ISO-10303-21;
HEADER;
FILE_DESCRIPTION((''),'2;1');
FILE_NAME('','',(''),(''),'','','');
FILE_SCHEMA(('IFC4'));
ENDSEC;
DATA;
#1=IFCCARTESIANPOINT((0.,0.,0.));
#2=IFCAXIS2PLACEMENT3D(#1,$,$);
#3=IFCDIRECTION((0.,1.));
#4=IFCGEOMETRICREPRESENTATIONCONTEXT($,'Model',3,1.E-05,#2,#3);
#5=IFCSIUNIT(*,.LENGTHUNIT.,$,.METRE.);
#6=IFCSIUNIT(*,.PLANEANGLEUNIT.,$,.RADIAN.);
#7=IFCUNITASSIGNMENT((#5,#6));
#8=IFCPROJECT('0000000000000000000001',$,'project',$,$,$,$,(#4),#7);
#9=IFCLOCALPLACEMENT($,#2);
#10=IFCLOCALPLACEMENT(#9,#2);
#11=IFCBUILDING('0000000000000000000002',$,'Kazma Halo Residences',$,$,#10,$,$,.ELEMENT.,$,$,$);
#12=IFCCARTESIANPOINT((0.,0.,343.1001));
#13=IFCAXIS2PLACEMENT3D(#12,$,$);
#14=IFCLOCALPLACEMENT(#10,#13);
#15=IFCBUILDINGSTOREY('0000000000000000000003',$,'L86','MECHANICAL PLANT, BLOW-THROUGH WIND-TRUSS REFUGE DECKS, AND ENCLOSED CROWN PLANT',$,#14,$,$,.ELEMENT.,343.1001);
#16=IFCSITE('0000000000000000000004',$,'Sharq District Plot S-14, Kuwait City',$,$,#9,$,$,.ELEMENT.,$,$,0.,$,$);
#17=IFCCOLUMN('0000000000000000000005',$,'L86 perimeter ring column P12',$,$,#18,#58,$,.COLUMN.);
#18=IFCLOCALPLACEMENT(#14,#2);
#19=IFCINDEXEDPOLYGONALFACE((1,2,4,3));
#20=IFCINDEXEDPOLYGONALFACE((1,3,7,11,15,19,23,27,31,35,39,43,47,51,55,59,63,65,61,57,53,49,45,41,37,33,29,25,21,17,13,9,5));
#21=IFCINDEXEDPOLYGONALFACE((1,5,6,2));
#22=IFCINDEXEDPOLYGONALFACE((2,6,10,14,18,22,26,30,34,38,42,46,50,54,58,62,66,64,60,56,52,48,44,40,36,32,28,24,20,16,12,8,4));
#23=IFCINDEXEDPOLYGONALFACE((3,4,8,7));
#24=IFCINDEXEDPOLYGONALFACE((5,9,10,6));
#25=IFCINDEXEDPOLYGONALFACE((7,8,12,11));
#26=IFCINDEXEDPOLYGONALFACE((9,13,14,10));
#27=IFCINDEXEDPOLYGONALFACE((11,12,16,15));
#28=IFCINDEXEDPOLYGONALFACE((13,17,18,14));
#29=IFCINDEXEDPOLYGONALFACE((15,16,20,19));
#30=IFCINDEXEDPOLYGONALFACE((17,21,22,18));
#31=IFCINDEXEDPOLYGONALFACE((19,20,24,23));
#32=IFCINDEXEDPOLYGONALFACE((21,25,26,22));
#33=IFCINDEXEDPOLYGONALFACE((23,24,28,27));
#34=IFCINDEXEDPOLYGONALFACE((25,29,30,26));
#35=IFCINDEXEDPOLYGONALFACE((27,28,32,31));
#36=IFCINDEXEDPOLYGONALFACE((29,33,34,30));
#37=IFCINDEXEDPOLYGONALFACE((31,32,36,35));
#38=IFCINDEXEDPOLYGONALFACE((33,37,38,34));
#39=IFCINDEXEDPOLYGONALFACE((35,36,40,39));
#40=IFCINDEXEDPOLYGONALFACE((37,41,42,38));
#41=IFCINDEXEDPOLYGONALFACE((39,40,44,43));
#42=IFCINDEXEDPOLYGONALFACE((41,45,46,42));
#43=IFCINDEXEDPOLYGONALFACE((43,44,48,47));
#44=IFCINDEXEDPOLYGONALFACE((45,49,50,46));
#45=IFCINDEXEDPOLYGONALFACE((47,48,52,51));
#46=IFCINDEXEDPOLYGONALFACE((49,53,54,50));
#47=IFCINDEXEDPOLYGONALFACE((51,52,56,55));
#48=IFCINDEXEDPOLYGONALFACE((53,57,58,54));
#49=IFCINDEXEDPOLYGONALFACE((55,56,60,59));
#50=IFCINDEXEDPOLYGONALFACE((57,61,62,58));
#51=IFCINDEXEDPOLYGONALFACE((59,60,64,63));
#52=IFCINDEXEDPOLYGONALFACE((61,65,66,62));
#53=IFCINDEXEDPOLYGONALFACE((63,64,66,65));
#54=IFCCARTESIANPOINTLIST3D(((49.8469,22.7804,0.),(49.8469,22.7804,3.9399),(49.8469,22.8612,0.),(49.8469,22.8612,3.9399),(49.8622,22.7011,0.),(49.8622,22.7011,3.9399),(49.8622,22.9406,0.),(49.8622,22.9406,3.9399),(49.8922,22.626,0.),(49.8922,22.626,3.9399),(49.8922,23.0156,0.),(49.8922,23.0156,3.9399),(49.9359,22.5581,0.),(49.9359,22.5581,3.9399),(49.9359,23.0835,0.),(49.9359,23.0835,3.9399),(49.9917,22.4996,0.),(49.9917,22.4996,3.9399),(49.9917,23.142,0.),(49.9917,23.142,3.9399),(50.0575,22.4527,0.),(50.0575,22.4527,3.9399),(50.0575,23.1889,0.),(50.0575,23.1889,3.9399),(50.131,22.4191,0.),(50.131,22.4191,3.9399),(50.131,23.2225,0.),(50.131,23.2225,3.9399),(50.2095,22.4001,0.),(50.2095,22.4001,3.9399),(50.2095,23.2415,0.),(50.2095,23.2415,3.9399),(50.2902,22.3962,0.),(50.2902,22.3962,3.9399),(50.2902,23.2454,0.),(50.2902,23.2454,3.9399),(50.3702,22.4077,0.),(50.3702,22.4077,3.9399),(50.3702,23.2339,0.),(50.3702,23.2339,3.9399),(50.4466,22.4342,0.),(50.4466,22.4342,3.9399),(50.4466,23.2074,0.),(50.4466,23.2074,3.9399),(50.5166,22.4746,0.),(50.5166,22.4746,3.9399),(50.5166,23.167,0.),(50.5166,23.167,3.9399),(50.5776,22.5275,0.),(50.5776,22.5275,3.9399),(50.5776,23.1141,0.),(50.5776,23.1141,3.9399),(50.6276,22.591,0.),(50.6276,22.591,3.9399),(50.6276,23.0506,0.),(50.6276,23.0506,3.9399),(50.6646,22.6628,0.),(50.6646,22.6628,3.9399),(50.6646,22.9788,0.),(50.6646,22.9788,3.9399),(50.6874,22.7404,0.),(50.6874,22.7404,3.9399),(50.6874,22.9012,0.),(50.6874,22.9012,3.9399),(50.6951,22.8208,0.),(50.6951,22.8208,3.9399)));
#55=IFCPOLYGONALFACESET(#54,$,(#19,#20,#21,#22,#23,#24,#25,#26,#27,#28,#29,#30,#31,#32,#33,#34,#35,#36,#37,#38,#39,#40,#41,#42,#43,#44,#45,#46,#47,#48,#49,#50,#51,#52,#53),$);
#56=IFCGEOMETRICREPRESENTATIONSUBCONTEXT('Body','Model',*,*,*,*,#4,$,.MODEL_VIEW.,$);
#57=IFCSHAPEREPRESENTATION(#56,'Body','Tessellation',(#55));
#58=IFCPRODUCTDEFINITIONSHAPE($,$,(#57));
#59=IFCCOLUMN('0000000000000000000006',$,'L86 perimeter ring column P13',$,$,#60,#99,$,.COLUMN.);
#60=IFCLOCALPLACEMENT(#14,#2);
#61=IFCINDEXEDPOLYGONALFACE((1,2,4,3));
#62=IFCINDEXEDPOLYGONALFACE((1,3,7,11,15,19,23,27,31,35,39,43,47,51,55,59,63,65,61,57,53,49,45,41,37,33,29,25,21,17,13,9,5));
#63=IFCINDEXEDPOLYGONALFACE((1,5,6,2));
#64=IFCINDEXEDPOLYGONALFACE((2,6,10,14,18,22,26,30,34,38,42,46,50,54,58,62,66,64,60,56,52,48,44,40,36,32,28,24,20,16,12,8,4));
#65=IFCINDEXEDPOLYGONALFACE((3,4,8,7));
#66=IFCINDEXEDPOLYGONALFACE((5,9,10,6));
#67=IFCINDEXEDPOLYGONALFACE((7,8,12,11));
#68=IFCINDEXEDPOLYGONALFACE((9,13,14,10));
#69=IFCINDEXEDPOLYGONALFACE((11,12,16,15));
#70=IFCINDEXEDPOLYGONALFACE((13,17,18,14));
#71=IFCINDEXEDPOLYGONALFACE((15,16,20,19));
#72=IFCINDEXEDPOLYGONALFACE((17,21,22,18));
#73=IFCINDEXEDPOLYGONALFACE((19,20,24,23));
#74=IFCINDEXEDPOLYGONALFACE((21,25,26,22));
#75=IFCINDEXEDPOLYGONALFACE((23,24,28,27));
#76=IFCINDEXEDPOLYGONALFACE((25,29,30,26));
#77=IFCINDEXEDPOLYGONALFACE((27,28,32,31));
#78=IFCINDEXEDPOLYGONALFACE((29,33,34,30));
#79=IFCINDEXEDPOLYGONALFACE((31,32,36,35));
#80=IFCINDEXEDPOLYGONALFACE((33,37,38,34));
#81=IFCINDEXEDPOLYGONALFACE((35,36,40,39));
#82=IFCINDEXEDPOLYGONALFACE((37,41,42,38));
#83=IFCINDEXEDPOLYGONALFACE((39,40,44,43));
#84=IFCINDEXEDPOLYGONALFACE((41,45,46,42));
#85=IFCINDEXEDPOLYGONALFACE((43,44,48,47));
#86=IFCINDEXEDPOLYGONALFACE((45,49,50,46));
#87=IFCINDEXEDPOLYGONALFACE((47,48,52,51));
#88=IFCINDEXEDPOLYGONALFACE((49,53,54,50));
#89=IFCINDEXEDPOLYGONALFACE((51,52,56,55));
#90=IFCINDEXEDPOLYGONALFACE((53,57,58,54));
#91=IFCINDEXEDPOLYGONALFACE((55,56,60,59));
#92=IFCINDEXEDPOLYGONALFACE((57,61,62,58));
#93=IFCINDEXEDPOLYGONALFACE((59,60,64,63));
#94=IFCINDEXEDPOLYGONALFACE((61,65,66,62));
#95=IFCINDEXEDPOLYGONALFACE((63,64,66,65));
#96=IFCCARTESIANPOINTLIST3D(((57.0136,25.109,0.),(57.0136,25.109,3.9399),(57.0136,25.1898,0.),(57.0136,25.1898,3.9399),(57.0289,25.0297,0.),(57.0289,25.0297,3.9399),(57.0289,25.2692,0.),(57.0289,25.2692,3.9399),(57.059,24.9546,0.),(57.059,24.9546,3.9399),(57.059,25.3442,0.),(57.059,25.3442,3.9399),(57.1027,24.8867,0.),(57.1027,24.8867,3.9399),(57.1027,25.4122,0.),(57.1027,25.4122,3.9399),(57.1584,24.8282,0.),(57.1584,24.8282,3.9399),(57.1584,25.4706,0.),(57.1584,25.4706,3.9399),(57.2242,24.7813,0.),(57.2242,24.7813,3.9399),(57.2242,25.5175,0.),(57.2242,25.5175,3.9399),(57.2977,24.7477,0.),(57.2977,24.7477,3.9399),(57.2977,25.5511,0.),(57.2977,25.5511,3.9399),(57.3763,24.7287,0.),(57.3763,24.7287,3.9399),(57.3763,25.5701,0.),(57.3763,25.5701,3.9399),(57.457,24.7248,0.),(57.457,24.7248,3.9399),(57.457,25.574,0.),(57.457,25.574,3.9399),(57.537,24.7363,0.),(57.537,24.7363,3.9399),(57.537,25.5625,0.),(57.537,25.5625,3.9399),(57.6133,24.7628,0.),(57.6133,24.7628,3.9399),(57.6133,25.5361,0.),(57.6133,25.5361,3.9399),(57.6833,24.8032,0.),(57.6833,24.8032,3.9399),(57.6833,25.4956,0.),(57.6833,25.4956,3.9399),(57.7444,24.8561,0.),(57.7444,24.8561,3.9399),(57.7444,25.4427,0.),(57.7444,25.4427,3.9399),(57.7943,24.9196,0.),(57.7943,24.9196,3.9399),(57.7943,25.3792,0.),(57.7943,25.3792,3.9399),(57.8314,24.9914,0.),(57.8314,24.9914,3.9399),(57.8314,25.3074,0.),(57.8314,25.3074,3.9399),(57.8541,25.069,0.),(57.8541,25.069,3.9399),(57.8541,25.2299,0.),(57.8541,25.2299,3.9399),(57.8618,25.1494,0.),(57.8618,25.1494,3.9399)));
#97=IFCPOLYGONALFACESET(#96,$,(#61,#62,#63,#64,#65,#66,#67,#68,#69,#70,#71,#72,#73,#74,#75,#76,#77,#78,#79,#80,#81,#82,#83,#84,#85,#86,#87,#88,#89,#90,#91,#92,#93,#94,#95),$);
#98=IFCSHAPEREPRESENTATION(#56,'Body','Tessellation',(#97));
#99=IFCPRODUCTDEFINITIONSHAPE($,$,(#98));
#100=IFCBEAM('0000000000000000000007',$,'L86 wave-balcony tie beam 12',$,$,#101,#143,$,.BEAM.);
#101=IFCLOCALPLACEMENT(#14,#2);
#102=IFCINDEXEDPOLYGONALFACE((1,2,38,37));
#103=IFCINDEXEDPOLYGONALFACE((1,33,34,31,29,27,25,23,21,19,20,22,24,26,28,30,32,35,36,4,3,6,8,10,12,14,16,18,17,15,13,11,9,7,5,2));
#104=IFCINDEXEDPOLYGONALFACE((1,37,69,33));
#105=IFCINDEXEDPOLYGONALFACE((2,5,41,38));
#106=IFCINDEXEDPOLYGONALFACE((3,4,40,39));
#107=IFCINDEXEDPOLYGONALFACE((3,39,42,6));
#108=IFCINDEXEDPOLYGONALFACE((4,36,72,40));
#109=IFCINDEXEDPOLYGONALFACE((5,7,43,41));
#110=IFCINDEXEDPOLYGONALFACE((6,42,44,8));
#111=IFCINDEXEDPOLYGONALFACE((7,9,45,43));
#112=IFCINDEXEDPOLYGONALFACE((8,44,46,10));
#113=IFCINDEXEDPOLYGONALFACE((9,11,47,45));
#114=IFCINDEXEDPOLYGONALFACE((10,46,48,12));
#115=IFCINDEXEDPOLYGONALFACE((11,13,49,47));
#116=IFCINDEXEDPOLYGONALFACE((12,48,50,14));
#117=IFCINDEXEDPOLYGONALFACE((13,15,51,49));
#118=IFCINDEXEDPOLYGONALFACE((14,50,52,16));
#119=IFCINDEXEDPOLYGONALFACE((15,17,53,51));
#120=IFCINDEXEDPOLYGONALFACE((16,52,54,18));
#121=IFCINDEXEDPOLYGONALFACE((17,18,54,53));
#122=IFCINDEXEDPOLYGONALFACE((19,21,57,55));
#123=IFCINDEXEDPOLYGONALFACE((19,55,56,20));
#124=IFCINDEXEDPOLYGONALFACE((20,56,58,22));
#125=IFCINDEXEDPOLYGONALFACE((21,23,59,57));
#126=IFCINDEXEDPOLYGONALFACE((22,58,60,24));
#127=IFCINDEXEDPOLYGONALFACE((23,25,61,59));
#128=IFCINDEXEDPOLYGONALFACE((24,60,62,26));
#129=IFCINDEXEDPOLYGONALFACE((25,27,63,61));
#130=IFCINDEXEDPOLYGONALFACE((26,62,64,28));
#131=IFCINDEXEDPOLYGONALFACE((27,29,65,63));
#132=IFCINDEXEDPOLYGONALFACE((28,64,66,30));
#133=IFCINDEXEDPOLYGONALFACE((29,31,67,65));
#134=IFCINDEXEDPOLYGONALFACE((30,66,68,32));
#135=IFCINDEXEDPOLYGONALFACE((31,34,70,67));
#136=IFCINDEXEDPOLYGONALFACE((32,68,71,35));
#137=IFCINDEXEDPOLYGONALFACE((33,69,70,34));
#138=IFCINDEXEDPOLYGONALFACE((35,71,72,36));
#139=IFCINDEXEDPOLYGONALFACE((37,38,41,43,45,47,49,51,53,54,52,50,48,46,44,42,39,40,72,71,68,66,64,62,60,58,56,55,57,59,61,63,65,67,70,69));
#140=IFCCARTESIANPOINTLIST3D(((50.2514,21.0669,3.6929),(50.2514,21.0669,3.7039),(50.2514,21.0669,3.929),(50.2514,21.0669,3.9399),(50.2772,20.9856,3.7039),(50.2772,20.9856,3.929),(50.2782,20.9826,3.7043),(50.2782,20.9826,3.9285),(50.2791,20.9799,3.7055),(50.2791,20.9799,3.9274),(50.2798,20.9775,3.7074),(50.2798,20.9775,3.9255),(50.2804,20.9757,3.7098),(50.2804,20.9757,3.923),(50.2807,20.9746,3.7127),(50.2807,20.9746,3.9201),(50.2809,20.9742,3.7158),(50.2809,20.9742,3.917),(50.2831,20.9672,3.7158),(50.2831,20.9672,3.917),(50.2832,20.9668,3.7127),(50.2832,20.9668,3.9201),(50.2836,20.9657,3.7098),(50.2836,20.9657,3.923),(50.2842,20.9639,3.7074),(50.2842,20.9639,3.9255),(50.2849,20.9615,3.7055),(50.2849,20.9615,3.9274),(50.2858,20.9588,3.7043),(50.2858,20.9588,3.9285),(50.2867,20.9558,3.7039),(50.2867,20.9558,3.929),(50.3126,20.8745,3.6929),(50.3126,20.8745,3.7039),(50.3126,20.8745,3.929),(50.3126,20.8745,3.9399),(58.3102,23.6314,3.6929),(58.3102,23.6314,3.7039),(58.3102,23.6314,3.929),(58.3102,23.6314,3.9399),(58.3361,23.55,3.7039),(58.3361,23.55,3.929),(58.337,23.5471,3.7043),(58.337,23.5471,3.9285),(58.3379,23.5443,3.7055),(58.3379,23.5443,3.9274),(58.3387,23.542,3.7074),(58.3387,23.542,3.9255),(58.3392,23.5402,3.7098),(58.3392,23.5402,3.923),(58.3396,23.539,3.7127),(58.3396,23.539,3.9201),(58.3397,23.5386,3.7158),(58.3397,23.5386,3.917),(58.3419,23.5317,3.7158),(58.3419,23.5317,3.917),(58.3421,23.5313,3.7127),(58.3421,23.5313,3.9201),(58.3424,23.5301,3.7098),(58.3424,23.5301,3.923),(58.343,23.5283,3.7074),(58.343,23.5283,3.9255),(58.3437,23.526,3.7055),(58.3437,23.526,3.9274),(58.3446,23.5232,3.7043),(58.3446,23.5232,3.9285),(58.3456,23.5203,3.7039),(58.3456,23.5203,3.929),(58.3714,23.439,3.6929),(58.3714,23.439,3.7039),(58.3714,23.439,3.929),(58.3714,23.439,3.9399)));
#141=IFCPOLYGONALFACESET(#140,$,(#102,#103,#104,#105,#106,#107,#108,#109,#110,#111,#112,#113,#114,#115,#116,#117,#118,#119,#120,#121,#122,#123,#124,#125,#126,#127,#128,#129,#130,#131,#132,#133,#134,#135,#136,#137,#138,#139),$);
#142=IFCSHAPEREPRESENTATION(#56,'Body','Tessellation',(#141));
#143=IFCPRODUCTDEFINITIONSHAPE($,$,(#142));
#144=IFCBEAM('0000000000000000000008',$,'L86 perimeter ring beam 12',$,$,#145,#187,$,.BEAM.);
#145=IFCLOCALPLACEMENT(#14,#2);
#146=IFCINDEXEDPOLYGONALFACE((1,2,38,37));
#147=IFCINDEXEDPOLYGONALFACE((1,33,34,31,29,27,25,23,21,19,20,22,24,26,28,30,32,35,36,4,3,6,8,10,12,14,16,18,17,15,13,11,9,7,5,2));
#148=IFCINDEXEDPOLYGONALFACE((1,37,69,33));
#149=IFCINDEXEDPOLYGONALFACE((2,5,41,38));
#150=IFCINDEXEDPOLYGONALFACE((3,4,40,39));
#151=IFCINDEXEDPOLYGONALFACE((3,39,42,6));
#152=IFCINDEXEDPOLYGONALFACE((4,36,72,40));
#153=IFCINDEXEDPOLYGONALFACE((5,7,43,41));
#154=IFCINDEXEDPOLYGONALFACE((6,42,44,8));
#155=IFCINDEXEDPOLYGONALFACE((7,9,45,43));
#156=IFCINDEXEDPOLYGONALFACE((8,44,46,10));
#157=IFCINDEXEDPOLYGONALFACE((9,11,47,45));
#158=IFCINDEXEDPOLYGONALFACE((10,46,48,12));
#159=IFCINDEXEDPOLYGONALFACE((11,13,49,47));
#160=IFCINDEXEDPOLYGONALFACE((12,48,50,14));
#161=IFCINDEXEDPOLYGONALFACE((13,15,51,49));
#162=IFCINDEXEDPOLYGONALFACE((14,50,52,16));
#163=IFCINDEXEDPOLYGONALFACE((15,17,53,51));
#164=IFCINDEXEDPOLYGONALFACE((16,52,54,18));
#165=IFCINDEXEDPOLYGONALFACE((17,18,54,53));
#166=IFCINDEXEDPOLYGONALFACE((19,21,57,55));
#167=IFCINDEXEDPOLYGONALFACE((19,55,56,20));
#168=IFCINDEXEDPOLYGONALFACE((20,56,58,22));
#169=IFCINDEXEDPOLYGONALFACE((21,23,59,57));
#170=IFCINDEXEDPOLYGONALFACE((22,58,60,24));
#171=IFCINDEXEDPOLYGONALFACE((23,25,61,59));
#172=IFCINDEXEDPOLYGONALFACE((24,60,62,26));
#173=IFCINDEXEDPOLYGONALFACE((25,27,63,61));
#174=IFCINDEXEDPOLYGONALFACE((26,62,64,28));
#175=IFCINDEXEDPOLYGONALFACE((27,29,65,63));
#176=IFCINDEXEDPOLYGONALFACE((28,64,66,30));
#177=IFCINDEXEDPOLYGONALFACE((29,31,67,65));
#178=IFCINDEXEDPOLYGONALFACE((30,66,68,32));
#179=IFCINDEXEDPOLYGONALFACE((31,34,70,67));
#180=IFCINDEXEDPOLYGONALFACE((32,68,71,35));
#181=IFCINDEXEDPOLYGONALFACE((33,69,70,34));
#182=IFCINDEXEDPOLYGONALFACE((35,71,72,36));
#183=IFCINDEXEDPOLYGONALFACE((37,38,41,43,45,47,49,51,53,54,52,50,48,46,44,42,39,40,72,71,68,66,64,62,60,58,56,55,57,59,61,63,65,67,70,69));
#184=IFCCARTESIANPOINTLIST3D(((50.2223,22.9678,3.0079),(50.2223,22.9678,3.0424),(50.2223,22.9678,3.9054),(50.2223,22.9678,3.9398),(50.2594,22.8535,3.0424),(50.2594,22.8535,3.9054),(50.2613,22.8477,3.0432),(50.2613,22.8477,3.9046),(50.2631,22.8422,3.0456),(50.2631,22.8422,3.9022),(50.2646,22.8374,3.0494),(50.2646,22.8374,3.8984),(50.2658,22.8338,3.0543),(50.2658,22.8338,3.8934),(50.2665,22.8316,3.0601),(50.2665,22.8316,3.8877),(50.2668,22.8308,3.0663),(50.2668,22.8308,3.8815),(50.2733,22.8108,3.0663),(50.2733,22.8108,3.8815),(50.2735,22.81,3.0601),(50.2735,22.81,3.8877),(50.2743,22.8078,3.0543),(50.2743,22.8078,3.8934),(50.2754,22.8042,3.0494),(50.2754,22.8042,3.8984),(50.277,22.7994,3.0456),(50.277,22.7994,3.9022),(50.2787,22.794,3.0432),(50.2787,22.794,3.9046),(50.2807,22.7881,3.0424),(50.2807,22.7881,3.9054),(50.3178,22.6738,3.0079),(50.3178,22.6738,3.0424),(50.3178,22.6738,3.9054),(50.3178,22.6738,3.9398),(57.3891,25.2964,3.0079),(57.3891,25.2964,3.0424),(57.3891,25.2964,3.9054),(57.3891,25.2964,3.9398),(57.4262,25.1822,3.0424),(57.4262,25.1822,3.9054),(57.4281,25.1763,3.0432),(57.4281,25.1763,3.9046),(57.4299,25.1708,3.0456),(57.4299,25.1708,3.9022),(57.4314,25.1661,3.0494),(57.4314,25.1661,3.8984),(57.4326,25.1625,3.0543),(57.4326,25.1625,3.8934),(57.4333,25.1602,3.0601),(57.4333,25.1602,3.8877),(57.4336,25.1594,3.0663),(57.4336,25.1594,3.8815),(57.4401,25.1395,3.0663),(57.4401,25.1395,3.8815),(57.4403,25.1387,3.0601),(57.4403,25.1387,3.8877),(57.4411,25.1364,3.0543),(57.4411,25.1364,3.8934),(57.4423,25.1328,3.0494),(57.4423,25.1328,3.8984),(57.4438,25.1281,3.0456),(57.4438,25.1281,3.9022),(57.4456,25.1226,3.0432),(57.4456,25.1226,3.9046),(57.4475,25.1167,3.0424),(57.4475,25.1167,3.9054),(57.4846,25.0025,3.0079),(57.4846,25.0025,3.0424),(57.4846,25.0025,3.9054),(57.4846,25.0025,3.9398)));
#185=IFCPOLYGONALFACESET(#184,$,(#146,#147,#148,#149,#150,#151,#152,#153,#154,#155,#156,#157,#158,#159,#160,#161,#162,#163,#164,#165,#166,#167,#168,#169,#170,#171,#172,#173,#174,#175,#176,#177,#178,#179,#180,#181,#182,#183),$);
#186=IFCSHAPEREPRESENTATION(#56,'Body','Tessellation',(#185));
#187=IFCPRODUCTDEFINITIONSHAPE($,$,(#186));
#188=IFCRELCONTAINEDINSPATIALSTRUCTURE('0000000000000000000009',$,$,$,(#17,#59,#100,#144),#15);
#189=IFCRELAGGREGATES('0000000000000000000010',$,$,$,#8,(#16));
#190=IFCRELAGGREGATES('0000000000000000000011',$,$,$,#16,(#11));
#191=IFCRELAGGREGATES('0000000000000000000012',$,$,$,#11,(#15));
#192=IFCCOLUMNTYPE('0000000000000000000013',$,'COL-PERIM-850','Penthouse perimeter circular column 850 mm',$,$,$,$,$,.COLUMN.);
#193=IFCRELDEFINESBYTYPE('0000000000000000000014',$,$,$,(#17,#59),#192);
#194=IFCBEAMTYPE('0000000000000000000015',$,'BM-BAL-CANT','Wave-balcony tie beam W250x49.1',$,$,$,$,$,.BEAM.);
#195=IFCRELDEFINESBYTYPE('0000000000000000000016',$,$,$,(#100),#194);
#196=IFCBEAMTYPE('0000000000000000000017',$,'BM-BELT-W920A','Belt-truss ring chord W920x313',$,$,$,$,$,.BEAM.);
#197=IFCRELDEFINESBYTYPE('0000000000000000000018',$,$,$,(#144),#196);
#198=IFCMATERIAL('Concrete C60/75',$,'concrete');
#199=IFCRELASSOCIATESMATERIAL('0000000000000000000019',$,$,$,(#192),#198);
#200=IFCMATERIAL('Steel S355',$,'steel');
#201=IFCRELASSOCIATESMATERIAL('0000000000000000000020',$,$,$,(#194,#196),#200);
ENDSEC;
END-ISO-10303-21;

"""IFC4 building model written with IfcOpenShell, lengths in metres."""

from ifc_helpers import new_model, si_unit, direction, frame, origin, origin_2d, place, context, subcontext, project, spatial, circle, i_section, extrude, material, material_profile, profile_set, type_object, element, save


model = new_model("IFC4")

# Units and contexts
model_context = context("Model", 3, precision=1e-05, world=origin(), true_north=direction((0.0, 1.0)))
body_context = subcontext(model_context, "Body", "Model", "MODEL_VIEW")
ifc_project = project(units=[si_unit("LENGTHUNIT", "METRE"), si_unit("PLANEANGLEUNIT", "RADIAN")], contexts=[model_context])

# Site, building, storey
site_placement = place(None, origin())
site = spatial("IfcSite", under=ifc_project, at=site_placement, Name="Sharq District Plot S-14, Kuwait City", CompositionType="ELEMENT", RefElevation=0.0)
building_placement = place(site_placement, origin())
building = spatial("IfcBuilding", under=site, at=building_placement, Name="Kazma Halo Residences", CompositionType="ELEMENT")
storey_placement = place(building_placement, frame((0.0, 0.0, 343.1001)))
storey = spatial("IfcBuildingStorey", under=building, at=storey_placement, Name="L86", Description="MECHANICAL PLANT, BLOW-THROUGH WIND-TRUSS REFUGE DECKS, AND ENCLOSED CROWN PLANT", CompositionType="ELEMENT", Elevation=343.1001)

# Columns
ifc_material_1 = material(Name="Concrete C60/75", Category="concrete")
ifc_material_profile_1 = material_profile(ifc_material_1, circle(Radius=0.425, at=origin_2d()), Name="CIRC850")
ifc_profile_set_1 = profile_set([ifc_material_profile_1], Name="Concrete C60/75")
column_type = type_object("IfcColumnType", Name="COL-PERIM-850", Description="Penthouse perimeter circular column 850 mm", PredefinedType="COLUMN", material=ifc_profile_set_1)
for number, where, z_axis, x_axis, name in (
    (1, (50.27, 22.8208, 0.0), (0.0, 0.0, 1.0), (1.0, 0.0, 0.0), "L86 perimeter ring column P12"),
    (2, (57.4368, 25.1494, 0.0), (0.0, 0.0, 1.0), (1.0, 0.0, 0.0), "L86 perimeter ring column P13"),
):
    element("IfcColumn", number, at=place(storey_placement, frame(where, z_axis=z_axis, x_axis=x_axis)), inside=storey, type_object=column_type, Name=name, PredefinedType="COLUMN", context=body_context, shape_type="SweptSolid", body=[
        extrude(circle(Radius=0.425, at=origin_2d()), origin(), (0.0, 0.0, 1.0), 3.9399),
    ])

# Beams
ifc_material_2 = material(Name="Steel S355", Category="steel")
ifc_material_profile_2 = material_profile(ifc_material_2, i_section(OverallWidth=0.2019, OverallDepth=0.2471, WebThickness=0.0073, FlangeThickness=0.011, FilletRadius=0.012, at=origin_2d()), Name="W250x49.1")
ifc_profile_set_2 = profile_set([ifc_material_profile_2], Name="Steel S355")
beam_type_1 = type_object("IfcBeamType", Name="BM-BAL-CANT", Description="Wave-balcony tie beam W250x49.1", PredefinedType="BEAM", material=ifc_profile_set_2)
beam_1_placement = place(storey_placement, frame((50.282, 20.9707, 3.8164), z_axis=(0.952916, 0.303233, 0.0), x_axis=(-0.303233, 0.952916, 0.0)))
element("IfcBeam", 3, at=beam_1_placement, inside=storey, type_object=beam_type_1, Name="L86 wave-balcony tie beam 12", PredefinedType="BEAM", context=body_context, shape_type="SweptSolid", body=[
    extrude(i_section(OverallWidth=0.2019, OverallDepth=0.2471, WebThickness=0.0073, FlangeThickness=0.011, FilletRadius=0.012, at=origin_2d()), origin(), (0.0, 0.0, 1.0), 8.457),
])
ifc_material_profile_3 = material_profile(ifc_material_2, i_section(OverallWidth=0.3091, OverallDepth=0.9319, WebThickness=0.021, FlangeThickness=0.0344, FilletRadius=0.0239, at=origin_2d()), Name="W920x313")
ifc_profile_set_3 = profile_set([ifc_material_profile_3], Name="Steel S355")
beam_type_2 = type_object("IfcBeamType", Name="BM-BELT-W920A", Description="Belt-truss ring chord W920x313", PredefinedType="BEAM", material=ifc_profile_set_3)
beam_2_placement = place(storey_placement, frame((50.27, 22.8208, 3.4739), z_axis=(0.951057, 0.309016, 0.0), x_axis=(-0.309016, 0.951057, 0.0)))
element("IfcBeam", 4, at=beam_2_placement, inside=storey, type_object=beam_type_2, Name="L86 perimeter ring beam 12", PredefinedType="BEAM", context=body_context, shape_type="SweptSolid", body=[
    extrude(i_section(OverallWidth=0.3091, OverallDepth=0.9319, WebThickness=0.021, FlangeThickness=0.0344, FilletRadius=0.0239, at=origin_2d()), origin(), (0.0, 0.0, 1.0), 7.5356),
])

save(model, "model.ifc")
